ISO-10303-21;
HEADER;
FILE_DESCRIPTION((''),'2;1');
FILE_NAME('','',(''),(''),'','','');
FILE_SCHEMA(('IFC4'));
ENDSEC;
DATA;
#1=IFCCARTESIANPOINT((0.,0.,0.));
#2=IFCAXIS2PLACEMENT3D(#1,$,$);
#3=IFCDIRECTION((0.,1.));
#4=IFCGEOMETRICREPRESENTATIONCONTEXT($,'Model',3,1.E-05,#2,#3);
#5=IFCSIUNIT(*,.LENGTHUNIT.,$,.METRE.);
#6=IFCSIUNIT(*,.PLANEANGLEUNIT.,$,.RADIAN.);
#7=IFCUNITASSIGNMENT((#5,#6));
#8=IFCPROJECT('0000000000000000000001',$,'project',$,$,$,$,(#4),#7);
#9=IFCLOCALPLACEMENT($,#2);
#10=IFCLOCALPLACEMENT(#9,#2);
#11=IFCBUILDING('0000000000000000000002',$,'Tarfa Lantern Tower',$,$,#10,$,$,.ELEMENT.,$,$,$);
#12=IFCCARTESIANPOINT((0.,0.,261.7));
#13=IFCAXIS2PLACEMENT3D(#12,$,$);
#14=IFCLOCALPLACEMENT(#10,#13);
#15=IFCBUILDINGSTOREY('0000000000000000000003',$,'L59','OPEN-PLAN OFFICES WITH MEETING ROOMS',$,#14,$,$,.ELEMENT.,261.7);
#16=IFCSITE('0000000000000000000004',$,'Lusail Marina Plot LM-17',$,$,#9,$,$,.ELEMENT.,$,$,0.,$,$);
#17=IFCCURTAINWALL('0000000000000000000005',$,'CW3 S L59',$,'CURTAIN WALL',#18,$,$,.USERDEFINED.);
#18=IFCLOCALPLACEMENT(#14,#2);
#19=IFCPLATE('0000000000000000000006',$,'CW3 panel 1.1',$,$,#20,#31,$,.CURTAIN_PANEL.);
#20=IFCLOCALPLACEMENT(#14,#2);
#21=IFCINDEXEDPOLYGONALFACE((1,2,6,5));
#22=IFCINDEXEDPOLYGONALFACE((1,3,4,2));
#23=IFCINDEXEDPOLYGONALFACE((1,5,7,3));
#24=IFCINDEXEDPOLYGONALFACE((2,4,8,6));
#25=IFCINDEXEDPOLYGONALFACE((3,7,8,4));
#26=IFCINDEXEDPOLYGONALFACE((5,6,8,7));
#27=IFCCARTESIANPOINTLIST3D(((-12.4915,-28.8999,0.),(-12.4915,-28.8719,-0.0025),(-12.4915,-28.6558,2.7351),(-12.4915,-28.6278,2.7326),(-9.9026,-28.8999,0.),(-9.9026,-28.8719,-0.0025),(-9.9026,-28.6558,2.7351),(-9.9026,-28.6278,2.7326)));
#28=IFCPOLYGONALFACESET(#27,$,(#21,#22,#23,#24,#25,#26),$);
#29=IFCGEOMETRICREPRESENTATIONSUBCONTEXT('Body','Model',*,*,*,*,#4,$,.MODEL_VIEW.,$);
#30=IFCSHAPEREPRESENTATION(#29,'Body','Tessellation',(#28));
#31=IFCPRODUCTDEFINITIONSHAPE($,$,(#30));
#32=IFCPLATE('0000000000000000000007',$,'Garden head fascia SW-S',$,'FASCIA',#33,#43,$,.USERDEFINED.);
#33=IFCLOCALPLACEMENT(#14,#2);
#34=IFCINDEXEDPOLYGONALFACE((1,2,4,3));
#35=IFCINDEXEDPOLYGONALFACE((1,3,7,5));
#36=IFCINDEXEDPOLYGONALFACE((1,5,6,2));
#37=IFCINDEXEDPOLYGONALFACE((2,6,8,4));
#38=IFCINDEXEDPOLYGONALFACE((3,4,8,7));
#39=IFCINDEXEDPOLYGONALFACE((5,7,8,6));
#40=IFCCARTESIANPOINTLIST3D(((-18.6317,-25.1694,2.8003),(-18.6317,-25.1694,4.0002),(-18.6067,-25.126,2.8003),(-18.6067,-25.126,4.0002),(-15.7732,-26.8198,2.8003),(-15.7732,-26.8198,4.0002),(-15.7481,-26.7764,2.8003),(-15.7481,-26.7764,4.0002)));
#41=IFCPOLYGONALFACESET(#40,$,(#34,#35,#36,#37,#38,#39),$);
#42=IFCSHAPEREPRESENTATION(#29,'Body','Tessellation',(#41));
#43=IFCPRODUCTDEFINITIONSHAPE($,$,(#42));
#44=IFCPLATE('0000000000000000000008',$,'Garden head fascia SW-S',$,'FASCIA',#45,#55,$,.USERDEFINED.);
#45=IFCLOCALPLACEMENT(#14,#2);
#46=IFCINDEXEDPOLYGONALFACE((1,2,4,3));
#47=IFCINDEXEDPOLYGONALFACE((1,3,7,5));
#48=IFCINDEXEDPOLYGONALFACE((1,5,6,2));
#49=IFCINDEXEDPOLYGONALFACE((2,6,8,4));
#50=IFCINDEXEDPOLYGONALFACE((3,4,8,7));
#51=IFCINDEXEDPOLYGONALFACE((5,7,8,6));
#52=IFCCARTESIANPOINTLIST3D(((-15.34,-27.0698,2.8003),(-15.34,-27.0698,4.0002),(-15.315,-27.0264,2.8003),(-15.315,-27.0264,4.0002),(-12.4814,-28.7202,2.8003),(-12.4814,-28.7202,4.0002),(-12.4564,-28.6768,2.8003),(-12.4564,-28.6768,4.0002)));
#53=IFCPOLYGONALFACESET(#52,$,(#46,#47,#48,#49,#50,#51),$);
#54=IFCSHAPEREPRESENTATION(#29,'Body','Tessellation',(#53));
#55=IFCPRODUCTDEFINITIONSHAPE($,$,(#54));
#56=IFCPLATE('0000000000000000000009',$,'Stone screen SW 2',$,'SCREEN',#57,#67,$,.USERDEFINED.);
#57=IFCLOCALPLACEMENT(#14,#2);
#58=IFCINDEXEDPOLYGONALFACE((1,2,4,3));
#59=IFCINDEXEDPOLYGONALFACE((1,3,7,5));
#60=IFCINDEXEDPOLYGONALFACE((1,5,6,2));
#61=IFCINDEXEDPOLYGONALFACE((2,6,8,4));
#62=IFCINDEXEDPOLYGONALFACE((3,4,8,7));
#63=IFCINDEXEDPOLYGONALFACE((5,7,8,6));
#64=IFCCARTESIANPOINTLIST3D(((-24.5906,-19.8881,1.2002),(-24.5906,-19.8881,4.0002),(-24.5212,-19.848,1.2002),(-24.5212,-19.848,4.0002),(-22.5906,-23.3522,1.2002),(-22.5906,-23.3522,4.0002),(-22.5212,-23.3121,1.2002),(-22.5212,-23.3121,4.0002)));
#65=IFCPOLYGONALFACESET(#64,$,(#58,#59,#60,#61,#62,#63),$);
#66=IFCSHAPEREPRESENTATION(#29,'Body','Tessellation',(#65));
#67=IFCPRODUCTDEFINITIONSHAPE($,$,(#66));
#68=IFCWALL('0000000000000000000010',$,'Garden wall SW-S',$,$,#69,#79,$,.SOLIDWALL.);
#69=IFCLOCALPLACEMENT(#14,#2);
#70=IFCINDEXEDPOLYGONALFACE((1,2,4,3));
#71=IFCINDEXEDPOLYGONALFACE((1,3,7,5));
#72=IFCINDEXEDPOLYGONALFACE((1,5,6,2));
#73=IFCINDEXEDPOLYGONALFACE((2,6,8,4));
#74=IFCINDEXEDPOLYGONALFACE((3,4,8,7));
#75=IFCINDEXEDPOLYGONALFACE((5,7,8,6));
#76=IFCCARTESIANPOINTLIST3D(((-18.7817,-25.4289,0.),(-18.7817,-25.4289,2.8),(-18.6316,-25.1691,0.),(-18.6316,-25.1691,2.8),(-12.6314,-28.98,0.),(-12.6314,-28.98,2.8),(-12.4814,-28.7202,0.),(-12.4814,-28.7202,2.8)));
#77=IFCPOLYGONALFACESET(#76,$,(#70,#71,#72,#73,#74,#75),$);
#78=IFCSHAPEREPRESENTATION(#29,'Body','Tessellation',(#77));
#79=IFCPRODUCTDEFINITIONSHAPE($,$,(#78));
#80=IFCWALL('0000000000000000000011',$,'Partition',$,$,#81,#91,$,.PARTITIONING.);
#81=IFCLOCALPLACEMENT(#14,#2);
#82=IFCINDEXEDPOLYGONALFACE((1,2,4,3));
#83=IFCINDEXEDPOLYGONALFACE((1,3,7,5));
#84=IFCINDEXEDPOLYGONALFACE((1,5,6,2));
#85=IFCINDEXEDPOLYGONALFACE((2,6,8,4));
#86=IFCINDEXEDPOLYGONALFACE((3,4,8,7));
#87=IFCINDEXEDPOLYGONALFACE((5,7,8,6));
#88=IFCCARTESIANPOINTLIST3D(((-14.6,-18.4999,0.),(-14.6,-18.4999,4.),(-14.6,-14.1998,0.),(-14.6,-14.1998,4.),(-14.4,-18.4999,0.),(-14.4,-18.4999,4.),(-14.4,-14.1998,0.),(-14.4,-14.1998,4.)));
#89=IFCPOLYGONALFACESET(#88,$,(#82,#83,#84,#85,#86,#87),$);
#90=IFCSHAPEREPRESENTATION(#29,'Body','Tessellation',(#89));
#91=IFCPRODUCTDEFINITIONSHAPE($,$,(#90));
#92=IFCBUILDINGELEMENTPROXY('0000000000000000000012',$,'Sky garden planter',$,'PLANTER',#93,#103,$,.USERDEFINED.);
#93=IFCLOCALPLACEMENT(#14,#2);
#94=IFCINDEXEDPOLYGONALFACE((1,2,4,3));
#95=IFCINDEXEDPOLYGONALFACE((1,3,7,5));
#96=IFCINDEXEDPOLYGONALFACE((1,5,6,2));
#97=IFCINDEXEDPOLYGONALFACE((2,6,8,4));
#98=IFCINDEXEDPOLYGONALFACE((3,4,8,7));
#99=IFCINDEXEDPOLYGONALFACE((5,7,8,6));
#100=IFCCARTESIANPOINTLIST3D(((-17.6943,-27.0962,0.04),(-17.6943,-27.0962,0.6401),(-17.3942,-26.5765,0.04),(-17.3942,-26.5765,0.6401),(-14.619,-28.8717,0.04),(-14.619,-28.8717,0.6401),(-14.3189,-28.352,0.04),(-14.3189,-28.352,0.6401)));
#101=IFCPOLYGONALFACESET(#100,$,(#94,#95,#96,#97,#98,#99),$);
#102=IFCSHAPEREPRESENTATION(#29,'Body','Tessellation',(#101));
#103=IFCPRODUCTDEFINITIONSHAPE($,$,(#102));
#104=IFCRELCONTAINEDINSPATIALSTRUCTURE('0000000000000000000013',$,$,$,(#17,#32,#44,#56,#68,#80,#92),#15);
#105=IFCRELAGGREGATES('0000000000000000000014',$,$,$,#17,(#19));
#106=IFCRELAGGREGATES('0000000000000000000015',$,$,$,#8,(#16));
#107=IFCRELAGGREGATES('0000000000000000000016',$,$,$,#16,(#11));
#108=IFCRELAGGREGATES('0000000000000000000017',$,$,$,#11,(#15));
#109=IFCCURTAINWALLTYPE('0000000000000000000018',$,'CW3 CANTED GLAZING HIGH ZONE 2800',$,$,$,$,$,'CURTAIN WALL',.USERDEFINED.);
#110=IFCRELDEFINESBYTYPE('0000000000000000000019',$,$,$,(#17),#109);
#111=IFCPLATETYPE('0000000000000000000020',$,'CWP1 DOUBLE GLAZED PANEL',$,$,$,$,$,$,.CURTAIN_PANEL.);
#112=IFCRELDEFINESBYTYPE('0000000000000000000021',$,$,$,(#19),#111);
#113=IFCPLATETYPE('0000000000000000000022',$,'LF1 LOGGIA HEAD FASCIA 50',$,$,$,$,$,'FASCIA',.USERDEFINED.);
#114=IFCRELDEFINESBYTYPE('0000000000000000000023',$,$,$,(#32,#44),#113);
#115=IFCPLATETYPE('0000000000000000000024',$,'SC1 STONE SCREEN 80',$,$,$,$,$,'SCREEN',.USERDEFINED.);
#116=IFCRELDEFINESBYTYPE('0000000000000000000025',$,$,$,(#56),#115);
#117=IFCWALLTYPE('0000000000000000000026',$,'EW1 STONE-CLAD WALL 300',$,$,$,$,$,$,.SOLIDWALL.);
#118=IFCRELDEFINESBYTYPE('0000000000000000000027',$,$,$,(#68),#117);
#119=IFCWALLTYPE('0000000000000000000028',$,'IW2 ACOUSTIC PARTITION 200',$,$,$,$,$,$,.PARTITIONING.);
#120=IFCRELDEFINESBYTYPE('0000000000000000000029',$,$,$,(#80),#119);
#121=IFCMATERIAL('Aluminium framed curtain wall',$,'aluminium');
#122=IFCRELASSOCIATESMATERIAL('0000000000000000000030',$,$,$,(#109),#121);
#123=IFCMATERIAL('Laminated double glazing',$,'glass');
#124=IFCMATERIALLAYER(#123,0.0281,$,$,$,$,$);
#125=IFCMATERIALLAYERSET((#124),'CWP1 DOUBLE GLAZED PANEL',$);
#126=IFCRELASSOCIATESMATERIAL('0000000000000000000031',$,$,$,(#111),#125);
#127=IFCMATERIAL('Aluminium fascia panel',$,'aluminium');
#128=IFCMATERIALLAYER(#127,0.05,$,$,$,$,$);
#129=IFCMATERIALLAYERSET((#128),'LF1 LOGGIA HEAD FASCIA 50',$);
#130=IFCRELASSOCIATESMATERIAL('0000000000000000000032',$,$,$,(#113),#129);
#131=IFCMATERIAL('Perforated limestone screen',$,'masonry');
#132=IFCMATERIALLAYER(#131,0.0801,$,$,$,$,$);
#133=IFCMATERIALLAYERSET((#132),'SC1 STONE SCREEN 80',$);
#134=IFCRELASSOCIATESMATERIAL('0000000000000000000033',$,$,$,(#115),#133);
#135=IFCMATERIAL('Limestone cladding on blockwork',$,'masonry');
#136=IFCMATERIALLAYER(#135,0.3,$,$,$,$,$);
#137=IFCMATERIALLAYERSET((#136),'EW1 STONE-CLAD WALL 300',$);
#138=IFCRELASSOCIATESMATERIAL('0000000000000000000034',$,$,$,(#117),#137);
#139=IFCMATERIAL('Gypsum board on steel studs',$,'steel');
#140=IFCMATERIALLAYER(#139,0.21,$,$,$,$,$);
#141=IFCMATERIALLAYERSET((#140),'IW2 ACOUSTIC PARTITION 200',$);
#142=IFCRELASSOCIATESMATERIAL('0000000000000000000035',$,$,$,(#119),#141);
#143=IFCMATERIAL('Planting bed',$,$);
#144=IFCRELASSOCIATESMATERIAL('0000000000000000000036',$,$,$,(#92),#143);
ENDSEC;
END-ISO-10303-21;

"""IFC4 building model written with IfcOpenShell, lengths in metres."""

from ifc_helpers import new_model, si_unit, direction, frame, frame_2d, origin, origin_2d, place, context, subcontext, project, spatial, polyline, rectangle, outline, extrude, material, layer, layer_set, type_object, element, aggregate, save


model = new_model("IFC4")

# Units and contexts
model_context = context("Model", 3, precision=1e-05, world=origin(), true_north=direction((0.0, 1.0)))
body_context = subcontext(model_context, "Body", "Model", "MODEL_VIEW")
ifc_project = project(units=[si_unit("LENGTHUNIT", "METRE"), si_unit("PLANEANGLEUNIT", "RADIAN")], contexts=[model_context])

# Site, building, storey
site_placement = place(None, origin())
site = spatial("IfcSite", under=ifc_project, at=site_placement, Name="Lusail Marina Plot LM-17", CompositionType="ELEMENT", RefElevation=0.0)
building_placement = place(site_placement, origin())
building = spatial("IfcBuilding", under=site, at=building_placement, Name="Tarfa Lantern Tower", CompositionType="ELEMENT")
storey_placement = place(building_placement, frame((0.0, 0.0, 261.7)))
storey = spatial("IfcBuildingStorey", under=building, at=storey_placement, Name="L59", Description="OPEN-PLAN OFFICES WITH MEETING ROOMS", CompositionType="ELEMENT", Elevation=261.7)

# Curtain wall
ifc_material_1 = material(Name="Aluminium framed curtain wall", Category="aluminium")
curtain_wall_type = type_object("IfcCurtainWallType", Name="CW3 CANTED GLAZING HIGH ZONE 2800", ElementType="CURTAIN WALL", PredefinedType="USERDEFINED", material=ifc_material_1)
curtain_wall_placement = place(storey_placement, origin())
curtain_wall = element("IfcCurtainWall", 1, at=curtain_wall_placement, inside=storey, type_object=curtain_wall_type, Name="CW3 S L59", ObjectType="CURTAIN WALL", PredefinedType="USERDEFINED")

# Plate
ifc_material_2 = material(Name="Laminated double glazing", Category="glass")
ifc_layer_1 = layer(ifc_material_2, 0.0281)
ifc_layer_set_1 = layer_set([ifc_layer_1], Name="CWP1 DOUBLE GLAZED PANEL")
plate_type_1 = type_object("IfcPlateType", Name="CWP1 DOUBLE GLAZED PANEL", PredefinedType="CURTAIN_PANEL", material=ifc_layer_set_1)
plate_1_placement = place(storey_placement, frame((-12.4915, -28.8999, 0.0), z_axis=(0.0, -0.99604, 0.088908), x_axis=(1.0, 0.0, 0.0)))
plate_1 = element("IfcPlate", 2, at=plate_1_placement, type_object=plate_type_1, Name="CW3 panel 1.1", PredefinedType="CURTAIN_PANEL", context=body_context, shape_type="SweptSolid", body=[
    extrude(outline(polyline([(0.0, 0.0), (2.5889, 0.0), (2.5889, 2.746), (0.0, 2.746), (0.0, 0.0)])), origin(), (0.0, 0.0, -1.0), 0.0281),
])
aggregate(curtain_wall, [plate_1])

# Plates
ifc_material_3 = material(Name="Aluminium fascia panel", Category="aluminium")
ifc_layer_2 = layer(ifc_material_3, 0.05)
ifc_layer_set_2 = layer_set([ifc_layer_2], Name="LF1 LOGGIA HEAD FASCIA 50")
plate_type_2 = type_object("IfcPlateType", Name="LF1 LOGGIA HEAD FASCIA 50", ElementType="FASCIA", PredefinedType="USERDEFINED", material=ifc_layer_set_2)
for number, where, z_axis, x_axis, name in (
    (3, (-17.1899, -25.9729, 2.8003), (0.0, 0.0, 1.0), (0.866025, -0.5, 0.0), "Garden head fascia SW-S"),
    (4, (-13.8982, -27.8733, 2.8003), (0.0, 0.0, 1.0), (0.866025, -0.5, 0.0), "Garden head fascia SW-S"),
):
    element("IfcPlate", number, at=place(storey_placement, frame(where, z_axis=z_axis, x_axis=x_axis)), inside=storey, type_object=plate_type_2, Name=name, ObjectType="FASCIA", PredefinedType="USERDEFINED", context=body_context, shape_type="SweptSolid", body=[
        extrude(rectangle(XDim=3.3008, YDim=0.05, at=origin_2d()), origin(), (0.0, 0.0, 1.0), 1.2),
    ])
ifc_material_4 = material(Name="Perforated limestone screen", Category="masonry")
ifc_layer_3 = layer(ifc_material_4, 0.0801)
ifc_layer_set_3 = layer_set([ifc_layer_3], Name="SC1 STONE SCREEN 80")
plate_type_3 = type_object("IfcPlateType", Name="SC1 STONE SCREEN 80", ElementType="SCREEN", PredefinedType="USERDEFINED", material=ifc_layer_set_3)
plate_2_placement = place(storey_placement, frame((-23.5559, -21.6001, 1.2002), z_axis=(0.0, 0.0, 1.0), x_axis=(0.5, -0.866025, 0.0)))
element("IfcPlate", 5, at=plate_2_placement, inside=storey, type_object=plate_type_3, Name="Stone screen SW 2", ObjectType="SCREEN", PredefinedType="USERDEFINED", context=body_context, shape_type="SweptSolid", body=[
    extrude(rectangle(XDim=4.0, YDim=0.0801, at=origin_2d()), origin(), (0.0, 0.0, 1.0), 2.8),
])

# Walls
ifc_material_5 = material(Name="Limestone cladding on blockwork", Category="masonry")
ifc_layer_4 = layer(ifc_material_5, 0.3)
ifc_layer_set_4 = layer_set([ifc_layer_4], Name="EW1 STONE-CLAD WALL 300")
wall_type_1 = type_object("IfcWallType", Name="EW1 STONE-CLAD WALL 300", PredefinedType="SOLIDWALL", material=ifc_layer_set_4)
wall_1_placement = place(storey_placement, frame((-18.7065, -25.2991, 0.0), z_axis=(0.0, 0.0, 1.0), x_axis=(0.866011, -0.500025, 0.0)))
element("IfcWall", 6, at=wall_1_placement, inside=storey, type_object=wall_type_1, Name="Garden wall SW-S", PredefinedType="SOLIDWALL", context=body_context, shape_type="SweptSolid", body=[
    extrude(rectangle(XDim=7.1018, YDim=0.3, at=frame_2d((3.5508, 0.0))), origin(), (0.0, 0.0, 1.0), 2.8),
])
ifc_material_6 = material(Name="Gypsum board on steel studs", Category="steel")
ifc_layer_5 = layer(ifc_material_6, 0.21)
ifc_layer_set_5 = layer_set([ifc_layer_5], Name="IW2 ACOUSTIC PARTITION 200")
wall_type_2 = type_object("IfcWallType", Name="IW2 ACOUSTIC PARTITION 200", PredefinedType="PARTITIONING", material=ifc_layer_set_5)
wall_2_placement = place(storey_placement, frame((-14.5, -14.2, 0.0), z_axis=(0.0, 0.0, 1.0), x_axis=(0.0, -1.0, 0.0)))
element("IfcWall", 7, at=wall_2_placement, inside=storey, type_object=wall_type_2, Name="Partition", PredefinedType="PARTITIONING", context=body_context, shape_type="SweptSolid", body=[
    extrude(rectangle(XDim=4.3, YDim=0.2, at=frame_2d((2.1499, 0.0))), origin(), (0.0, 0.0, 1.0), 4.0),
])

# Building element proxy
ifc_material_7 = material(Name="Planting bed")
proxy_placement = place(storey_placement, frame((-16.0066, -27.7241, 0.04), z_axis=(0.0, 0.0, 1.0), x_axis=(0.866025, -0.5, 0.0)))
element("IfcBuildingElementProxy", 8, at=proxy_placement, inside=storey, material=ifc_material_7, Name="Sky garden planter", ObjectType="PLANTER", PredefinedType="USERDEFINED", context=body_context, shape_type="SweptSolid", body=[
    extrude(rectangle(XDim=3.551, YDim=0.6001, at=origin_2d()), origin(), (0.0, 0.0, 1.0), 0.6001),
])

save(model, "model.ifc")
